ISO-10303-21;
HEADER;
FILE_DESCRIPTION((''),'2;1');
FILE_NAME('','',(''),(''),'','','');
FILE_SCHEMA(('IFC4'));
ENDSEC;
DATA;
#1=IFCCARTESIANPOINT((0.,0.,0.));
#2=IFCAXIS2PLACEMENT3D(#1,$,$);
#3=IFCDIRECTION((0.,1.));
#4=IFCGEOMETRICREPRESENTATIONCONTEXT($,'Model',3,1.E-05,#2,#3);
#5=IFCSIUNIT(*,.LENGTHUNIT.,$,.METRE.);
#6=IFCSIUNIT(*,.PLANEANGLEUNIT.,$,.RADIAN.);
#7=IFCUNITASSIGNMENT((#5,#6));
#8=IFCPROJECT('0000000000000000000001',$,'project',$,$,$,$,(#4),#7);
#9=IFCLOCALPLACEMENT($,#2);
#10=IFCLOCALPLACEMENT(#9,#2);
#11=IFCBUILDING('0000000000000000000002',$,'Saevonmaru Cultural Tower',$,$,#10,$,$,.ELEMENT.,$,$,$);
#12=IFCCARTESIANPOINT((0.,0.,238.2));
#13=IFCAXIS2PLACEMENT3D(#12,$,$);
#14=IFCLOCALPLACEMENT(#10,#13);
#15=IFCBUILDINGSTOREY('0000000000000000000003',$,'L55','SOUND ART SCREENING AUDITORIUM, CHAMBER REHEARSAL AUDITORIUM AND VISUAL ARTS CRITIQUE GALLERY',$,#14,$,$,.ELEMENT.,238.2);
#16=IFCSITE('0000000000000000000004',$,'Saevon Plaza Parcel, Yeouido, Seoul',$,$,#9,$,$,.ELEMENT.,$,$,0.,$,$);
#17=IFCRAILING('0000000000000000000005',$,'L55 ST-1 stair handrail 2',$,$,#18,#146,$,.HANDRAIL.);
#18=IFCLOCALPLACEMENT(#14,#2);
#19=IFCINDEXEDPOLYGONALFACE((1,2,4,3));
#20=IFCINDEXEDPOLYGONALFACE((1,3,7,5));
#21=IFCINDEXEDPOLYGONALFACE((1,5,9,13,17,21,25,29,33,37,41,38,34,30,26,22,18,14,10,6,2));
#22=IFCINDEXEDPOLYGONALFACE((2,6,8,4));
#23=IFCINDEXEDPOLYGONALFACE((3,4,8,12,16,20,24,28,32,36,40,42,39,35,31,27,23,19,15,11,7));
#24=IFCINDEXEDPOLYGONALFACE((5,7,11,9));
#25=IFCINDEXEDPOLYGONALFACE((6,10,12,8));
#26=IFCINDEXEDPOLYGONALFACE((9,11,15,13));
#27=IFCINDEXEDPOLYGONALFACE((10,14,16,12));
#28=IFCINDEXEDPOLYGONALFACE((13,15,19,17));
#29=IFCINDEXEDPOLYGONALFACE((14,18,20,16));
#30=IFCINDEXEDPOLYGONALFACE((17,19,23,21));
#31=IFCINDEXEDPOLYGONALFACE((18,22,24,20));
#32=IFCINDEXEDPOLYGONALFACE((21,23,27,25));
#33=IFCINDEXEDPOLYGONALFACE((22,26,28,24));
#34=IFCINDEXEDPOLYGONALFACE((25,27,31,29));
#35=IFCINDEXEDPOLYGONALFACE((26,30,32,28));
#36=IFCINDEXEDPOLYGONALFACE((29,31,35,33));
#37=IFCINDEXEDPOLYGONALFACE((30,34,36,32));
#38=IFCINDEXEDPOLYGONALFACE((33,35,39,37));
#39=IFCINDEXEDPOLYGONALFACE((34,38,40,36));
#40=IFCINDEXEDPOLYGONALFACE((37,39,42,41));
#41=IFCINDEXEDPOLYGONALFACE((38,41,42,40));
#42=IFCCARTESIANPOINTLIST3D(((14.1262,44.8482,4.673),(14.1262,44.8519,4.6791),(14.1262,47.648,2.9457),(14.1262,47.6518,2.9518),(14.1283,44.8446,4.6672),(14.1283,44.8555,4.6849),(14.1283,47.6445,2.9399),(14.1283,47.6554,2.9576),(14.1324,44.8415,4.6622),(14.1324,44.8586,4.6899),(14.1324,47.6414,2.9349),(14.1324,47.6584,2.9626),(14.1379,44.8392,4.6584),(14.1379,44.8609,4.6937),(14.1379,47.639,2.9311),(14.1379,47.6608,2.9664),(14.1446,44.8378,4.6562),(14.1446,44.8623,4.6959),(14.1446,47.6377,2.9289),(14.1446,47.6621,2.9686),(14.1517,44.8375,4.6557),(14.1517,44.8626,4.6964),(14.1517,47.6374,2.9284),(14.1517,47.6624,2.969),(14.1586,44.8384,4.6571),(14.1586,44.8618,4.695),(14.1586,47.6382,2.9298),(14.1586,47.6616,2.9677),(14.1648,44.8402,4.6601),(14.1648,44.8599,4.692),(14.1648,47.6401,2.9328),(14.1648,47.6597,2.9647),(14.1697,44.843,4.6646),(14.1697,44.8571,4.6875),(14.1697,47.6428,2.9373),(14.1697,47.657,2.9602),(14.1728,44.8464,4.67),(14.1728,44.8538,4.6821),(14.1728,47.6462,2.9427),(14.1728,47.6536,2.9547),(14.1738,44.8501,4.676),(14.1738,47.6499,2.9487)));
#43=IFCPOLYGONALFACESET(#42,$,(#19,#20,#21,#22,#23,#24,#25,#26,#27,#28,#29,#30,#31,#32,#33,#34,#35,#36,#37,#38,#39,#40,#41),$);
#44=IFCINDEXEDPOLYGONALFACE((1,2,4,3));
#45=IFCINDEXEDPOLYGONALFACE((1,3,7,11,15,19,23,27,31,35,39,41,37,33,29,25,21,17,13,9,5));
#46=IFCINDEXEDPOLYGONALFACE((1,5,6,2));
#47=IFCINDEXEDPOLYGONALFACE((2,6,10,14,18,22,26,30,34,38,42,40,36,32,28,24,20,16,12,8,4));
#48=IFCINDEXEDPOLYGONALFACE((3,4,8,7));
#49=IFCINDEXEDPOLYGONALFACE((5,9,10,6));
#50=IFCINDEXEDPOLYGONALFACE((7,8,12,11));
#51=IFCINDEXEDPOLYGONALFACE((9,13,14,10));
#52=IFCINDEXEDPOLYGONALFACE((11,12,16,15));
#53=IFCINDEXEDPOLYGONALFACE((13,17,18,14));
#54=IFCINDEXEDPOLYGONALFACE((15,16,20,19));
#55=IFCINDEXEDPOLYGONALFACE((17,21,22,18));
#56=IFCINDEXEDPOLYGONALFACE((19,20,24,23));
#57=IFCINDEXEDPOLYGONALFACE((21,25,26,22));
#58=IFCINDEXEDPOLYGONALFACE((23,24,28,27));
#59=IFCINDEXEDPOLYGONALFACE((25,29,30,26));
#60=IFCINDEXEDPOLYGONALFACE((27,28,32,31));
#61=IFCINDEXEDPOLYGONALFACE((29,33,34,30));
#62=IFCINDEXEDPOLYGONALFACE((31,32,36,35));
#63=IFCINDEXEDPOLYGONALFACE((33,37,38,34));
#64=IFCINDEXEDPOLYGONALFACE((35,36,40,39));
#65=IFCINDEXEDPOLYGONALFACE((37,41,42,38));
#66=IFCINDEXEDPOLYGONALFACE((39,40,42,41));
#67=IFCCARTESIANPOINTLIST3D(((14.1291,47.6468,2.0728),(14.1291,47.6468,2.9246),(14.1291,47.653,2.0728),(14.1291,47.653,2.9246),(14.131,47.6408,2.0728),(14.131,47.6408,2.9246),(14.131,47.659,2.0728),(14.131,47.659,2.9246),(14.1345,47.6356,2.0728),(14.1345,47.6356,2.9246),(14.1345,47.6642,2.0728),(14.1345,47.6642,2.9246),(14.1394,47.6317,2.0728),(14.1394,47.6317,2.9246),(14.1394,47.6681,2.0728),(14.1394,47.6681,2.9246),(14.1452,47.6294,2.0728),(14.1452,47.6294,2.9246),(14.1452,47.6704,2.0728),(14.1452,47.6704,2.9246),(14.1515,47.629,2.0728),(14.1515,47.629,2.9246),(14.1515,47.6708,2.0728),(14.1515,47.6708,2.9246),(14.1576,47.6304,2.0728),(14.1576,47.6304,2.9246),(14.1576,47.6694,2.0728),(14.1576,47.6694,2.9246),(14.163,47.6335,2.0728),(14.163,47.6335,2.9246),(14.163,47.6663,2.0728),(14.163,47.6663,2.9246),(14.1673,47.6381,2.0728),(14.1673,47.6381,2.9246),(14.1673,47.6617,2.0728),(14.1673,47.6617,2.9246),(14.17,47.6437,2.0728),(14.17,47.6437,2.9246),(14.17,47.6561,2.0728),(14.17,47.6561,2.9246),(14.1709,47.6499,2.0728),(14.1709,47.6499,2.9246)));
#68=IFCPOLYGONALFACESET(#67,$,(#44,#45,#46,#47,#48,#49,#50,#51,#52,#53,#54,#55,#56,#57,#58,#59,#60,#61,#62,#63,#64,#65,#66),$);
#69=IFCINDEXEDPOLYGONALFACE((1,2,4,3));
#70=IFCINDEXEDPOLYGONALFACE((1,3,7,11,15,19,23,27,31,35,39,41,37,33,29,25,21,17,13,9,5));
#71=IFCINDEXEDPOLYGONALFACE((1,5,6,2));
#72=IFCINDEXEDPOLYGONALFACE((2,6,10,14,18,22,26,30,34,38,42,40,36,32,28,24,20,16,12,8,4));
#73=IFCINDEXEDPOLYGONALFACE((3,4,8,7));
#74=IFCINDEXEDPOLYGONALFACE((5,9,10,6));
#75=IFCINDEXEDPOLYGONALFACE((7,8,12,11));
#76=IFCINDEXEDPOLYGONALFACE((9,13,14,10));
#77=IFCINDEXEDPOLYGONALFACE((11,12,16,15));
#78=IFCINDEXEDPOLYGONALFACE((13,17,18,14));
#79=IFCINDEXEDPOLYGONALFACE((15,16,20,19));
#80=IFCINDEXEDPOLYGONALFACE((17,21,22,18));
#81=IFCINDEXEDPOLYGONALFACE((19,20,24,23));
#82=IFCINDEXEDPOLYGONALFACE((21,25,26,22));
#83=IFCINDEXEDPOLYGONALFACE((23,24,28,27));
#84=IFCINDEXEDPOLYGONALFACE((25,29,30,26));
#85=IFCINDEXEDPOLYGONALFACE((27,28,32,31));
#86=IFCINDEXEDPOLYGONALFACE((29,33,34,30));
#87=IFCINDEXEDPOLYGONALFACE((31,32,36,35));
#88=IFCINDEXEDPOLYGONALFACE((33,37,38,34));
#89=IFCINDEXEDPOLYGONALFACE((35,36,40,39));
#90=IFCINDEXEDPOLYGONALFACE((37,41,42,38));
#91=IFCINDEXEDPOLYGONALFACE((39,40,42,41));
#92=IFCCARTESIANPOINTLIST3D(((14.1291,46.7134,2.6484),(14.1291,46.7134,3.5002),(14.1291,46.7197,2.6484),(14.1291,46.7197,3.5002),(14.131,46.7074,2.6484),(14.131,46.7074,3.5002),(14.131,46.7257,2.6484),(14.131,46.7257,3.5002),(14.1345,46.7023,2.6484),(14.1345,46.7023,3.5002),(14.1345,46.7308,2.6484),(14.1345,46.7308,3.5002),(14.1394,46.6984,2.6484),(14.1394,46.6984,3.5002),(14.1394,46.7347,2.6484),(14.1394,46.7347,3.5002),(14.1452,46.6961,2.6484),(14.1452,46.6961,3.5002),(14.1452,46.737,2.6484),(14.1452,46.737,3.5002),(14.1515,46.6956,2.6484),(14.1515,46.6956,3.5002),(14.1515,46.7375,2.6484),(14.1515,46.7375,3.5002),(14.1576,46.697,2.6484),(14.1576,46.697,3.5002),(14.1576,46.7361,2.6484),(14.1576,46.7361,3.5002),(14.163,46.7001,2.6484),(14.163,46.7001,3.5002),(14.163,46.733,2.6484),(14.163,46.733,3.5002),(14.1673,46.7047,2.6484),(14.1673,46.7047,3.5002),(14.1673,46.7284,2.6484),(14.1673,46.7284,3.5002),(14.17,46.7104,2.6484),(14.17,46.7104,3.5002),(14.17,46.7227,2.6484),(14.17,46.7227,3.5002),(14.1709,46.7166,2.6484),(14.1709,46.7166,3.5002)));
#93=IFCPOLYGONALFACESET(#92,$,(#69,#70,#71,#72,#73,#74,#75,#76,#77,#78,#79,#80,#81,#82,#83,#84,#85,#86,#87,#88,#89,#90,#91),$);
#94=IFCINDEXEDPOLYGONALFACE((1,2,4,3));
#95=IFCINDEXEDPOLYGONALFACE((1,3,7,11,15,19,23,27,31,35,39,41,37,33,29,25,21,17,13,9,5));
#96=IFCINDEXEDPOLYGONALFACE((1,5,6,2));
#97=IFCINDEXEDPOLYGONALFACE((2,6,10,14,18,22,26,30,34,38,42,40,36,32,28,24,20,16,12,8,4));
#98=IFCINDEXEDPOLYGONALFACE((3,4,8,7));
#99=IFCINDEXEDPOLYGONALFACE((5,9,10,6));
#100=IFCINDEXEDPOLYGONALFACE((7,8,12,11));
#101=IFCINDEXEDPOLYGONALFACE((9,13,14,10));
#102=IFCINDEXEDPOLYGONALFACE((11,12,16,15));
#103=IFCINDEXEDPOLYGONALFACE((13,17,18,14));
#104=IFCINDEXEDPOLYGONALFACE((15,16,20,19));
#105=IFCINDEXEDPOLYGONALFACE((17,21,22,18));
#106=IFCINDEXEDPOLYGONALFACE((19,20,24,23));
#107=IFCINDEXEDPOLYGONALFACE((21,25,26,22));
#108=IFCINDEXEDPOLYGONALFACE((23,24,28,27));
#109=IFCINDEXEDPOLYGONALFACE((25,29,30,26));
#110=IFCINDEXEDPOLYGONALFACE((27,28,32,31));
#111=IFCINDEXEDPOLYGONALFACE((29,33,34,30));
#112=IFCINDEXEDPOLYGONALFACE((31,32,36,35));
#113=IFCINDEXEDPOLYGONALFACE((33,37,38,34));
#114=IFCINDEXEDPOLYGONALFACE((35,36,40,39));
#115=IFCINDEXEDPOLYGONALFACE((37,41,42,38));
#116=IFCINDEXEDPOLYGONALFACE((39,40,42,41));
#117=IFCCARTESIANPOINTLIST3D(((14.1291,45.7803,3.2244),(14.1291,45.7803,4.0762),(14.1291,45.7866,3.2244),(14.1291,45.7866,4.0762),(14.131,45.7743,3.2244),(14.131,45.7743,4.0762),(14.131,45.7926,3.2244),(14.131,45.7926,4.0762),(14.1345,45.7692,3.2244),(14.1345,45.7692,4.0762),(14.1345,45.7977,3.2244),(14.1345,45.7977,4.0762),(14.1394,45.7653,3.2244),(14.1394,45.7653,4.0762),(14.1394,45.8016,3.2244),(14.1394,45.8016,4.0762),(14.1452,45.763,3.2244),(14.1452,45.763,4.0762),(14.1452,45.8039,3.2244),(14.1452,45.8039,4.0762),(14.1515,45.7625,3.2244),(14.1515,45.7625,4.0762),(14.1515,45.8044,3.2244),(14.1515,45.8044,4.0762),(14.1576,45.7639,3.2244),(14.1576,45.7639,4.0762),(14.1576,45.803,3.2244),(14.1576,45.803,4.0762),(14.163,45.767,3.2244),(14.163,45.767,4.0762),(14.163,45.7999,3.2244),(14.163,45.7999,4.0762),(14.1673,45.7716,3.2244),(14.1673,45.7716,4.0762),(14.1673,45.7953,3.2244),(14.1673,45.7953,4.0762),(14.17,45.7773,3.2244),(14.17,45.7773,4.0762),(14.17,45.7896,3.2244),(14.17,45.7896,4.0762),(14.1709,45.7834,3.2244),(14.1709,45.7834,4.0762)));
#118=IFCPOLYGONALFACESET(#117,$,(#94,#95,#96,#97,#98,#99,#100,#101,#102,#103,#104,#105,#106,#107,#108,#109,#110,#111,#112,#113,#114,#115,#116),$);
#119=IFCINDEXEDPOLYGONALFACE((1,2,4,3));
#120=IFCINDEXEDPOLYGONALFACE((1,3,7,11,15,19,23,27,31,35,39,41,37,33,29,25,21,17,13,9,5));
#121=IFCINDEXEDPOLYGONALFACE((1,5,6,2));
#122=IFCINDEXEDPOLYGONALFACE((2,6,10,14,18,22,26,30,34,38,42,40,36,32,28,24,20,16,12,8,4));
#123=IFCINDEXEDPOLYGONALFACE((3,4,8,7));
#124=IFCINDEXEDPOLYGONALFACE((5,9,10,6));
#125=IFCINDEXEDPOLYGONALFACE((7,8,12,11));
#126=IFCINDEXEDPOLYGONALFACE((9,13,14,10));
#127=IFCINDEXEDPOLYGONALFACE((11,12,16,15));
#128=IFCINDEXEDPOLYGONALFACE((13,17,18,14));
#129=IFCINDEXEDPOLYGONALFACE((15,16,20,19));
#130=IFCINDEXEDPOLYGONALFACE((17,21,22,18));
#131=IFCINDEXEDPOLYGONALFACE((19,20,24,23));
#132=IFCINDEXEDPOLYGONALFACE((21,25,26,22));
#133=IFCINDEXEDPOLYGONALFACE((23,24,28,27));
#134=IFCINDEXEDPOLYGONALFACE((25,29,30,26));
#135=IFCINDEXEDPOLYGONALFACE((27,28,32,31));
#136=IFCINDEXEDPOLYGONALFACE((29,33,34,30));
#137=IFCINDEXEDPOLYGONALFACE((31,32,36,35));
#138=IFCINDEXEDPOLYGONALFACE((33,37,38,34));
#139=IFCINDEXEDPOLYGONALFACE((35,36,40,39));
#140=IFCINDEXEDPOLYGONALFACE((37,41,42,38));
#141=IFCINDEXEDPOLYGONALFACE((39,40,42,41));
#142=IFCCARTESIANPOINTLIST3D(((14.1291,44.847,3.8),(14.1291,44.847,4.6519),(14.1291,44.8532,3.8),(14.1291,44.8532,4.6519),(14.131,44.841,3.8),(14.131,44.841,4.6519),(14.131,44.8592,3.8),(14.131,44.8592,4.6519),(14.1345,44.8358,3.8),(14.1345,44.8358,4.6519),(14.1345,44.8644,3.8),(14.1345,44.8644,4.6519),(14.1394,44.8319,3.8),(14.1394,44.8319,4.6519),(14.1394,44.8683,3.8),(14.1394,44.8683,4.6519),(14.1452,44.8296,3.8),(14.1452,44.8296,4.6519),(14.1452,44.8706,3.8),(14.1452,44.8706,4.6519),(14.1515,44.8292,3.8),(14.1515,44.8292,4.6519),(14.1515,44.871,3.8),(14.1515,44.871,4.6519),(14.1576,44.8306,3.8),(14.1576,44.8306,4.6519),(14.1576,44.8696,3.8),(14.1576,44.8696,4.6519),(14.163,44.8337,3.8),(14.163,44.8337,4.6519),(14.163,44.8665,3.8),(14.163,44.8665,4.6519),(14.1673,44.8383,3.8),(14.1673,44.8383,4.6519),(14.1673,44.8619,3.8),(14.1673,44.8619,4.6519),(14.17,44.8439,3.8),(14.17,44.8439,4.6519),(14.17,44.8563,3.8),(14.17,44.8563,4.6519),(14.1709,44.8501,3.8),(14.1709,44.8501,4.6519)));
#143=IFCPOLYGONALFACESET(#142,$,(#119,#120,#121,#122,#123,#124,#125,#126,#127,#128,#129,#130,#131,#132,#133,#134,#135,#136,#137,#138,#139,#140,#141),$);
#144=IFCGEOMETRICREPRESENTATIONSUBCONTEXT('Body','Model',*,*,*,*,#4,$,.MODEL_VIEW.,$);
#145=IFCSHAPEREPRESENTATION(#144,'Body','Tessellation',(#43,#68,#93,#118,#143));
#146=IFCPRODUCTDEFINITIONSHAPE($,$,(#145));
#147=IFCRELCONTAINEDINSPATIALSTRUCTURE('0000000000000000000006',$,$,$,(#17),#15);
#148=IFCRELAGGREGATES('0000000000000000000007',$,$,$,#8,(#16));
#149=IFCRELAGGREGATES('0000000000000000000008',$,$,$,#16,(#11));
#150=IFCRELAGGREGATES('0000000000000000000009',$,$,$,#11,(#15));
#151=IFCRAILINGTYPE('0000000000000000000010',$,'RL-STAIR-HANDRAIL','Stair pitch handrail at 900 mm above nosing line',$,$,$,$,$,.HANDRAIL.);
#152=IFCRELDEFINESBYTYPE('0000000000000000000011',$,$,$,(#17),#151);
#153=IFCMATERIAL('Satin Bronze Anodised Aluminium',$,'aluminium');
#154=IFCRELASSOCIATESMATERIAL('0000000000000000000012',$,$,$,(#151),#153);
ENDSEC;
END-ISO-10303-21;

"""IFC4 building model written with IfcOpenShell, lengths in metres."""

from ifc_helpers import new_model, si_unit, direction, frame, origin, origin_2d, place, context, subcontext, project, spatial, circle, extrude, material, type_object, element, save


model = new_model("IFC4")

# Units and contexts
model_context = context("Model", 3, precision=1e-05, world=origin(), true_north=direction((0.0, 1.0)))
body_context = subcontext(model_context, "Body", "Model", "MODEL_VIEW")
ifc_project = project(units=[si_unit("LENGTHUNIT", "METRE"), si_unit("PLANEANGLEUNIT", "RADIAN")], contexts=[model_context])

# Site, building, storey
site_placement = place(None, origin())
site = spatial("IfcSite", under=ifc_project, at=site_placement, Name="Saevon Plaza Parcel, Yeouido, Seoul", CompositionType="ELEMENT", RefElevation=0.0)
building_placement = place(site_placement, origin())
building = spatial("IfcBuilding", under=site, at=building_placement, Name="Saevonmaru Cultural Tower", CompositionType="ELEMENT")
storey_placement = place(building_placement, frame((0.0, 0.0, 238.2)))
storey = spatial("IfcBuildingStorey", under=building, at=storey_placement, Name="L55", Description="SOUND ART SCREENING AUDITORIUM, CHAMBER REHEARSAL AUDITORIUM AND VISUAL ARTS CRITIQUE GALLERY", CompositionType="ELEMENT", Elevation=238.2)

# Shared definitions
ifc_material_1 = material(Name="Satin Bronze Anodised Aluminium", Category="aluminium")

# Railing
railing_type_1 = type_object("IfcRailingType", Name="RL-STAIR-HANDRAIL", Description="Stair pitch handrail at 900 mm above nosing line", PredefinedType="HANDRAIL", material=ifc_material_1)
railing_1_placement = place(storey_placement, frame((14.1499, 47.6499, 2.0728)))
element("IfcRailing", 1, at=railing_1_placement, inside=storey, type_object=railing_type_1, Name="L55 ST-1 stair handrail 2", PredefinedType="HANDRAIL", context=body_context, shape_type="SweptSolid", body=[
    extrude(circle(Radius=0.0239, at=origin_2d()), frame((0.0, 0.0, 0.876), z_axis=(0.0, -0.851069, 0.525054), x_axis=(1.0, 0.0, 0.0)), (0.0, 0.0, 1.0), 3.2898),
    extrude(circle(Radius=0.021, at=origin_2d()), origin(), (0.0, 0.0, 1.0), 0.8518),
    extrude(circle(Radius=0.021, at=origin_2d()), frame((0.0, -0.9333, 0.5757)), (0.0, 0.0, 1.0), 0.8518),
    extrude(circle(Radius=0.021, at=origin_2d()), frame((0.0, -1.8665, 1.1516)), (0.0, 0.0, 1.0), 0.8518),
    extrude(circle(Radius=0.021, at=origin_2d()), frame((0.0, -2.7998, 1.7273)), (0.0, 0.0, 1.0), 0.8518),
])

save(model, "model.ifc")
